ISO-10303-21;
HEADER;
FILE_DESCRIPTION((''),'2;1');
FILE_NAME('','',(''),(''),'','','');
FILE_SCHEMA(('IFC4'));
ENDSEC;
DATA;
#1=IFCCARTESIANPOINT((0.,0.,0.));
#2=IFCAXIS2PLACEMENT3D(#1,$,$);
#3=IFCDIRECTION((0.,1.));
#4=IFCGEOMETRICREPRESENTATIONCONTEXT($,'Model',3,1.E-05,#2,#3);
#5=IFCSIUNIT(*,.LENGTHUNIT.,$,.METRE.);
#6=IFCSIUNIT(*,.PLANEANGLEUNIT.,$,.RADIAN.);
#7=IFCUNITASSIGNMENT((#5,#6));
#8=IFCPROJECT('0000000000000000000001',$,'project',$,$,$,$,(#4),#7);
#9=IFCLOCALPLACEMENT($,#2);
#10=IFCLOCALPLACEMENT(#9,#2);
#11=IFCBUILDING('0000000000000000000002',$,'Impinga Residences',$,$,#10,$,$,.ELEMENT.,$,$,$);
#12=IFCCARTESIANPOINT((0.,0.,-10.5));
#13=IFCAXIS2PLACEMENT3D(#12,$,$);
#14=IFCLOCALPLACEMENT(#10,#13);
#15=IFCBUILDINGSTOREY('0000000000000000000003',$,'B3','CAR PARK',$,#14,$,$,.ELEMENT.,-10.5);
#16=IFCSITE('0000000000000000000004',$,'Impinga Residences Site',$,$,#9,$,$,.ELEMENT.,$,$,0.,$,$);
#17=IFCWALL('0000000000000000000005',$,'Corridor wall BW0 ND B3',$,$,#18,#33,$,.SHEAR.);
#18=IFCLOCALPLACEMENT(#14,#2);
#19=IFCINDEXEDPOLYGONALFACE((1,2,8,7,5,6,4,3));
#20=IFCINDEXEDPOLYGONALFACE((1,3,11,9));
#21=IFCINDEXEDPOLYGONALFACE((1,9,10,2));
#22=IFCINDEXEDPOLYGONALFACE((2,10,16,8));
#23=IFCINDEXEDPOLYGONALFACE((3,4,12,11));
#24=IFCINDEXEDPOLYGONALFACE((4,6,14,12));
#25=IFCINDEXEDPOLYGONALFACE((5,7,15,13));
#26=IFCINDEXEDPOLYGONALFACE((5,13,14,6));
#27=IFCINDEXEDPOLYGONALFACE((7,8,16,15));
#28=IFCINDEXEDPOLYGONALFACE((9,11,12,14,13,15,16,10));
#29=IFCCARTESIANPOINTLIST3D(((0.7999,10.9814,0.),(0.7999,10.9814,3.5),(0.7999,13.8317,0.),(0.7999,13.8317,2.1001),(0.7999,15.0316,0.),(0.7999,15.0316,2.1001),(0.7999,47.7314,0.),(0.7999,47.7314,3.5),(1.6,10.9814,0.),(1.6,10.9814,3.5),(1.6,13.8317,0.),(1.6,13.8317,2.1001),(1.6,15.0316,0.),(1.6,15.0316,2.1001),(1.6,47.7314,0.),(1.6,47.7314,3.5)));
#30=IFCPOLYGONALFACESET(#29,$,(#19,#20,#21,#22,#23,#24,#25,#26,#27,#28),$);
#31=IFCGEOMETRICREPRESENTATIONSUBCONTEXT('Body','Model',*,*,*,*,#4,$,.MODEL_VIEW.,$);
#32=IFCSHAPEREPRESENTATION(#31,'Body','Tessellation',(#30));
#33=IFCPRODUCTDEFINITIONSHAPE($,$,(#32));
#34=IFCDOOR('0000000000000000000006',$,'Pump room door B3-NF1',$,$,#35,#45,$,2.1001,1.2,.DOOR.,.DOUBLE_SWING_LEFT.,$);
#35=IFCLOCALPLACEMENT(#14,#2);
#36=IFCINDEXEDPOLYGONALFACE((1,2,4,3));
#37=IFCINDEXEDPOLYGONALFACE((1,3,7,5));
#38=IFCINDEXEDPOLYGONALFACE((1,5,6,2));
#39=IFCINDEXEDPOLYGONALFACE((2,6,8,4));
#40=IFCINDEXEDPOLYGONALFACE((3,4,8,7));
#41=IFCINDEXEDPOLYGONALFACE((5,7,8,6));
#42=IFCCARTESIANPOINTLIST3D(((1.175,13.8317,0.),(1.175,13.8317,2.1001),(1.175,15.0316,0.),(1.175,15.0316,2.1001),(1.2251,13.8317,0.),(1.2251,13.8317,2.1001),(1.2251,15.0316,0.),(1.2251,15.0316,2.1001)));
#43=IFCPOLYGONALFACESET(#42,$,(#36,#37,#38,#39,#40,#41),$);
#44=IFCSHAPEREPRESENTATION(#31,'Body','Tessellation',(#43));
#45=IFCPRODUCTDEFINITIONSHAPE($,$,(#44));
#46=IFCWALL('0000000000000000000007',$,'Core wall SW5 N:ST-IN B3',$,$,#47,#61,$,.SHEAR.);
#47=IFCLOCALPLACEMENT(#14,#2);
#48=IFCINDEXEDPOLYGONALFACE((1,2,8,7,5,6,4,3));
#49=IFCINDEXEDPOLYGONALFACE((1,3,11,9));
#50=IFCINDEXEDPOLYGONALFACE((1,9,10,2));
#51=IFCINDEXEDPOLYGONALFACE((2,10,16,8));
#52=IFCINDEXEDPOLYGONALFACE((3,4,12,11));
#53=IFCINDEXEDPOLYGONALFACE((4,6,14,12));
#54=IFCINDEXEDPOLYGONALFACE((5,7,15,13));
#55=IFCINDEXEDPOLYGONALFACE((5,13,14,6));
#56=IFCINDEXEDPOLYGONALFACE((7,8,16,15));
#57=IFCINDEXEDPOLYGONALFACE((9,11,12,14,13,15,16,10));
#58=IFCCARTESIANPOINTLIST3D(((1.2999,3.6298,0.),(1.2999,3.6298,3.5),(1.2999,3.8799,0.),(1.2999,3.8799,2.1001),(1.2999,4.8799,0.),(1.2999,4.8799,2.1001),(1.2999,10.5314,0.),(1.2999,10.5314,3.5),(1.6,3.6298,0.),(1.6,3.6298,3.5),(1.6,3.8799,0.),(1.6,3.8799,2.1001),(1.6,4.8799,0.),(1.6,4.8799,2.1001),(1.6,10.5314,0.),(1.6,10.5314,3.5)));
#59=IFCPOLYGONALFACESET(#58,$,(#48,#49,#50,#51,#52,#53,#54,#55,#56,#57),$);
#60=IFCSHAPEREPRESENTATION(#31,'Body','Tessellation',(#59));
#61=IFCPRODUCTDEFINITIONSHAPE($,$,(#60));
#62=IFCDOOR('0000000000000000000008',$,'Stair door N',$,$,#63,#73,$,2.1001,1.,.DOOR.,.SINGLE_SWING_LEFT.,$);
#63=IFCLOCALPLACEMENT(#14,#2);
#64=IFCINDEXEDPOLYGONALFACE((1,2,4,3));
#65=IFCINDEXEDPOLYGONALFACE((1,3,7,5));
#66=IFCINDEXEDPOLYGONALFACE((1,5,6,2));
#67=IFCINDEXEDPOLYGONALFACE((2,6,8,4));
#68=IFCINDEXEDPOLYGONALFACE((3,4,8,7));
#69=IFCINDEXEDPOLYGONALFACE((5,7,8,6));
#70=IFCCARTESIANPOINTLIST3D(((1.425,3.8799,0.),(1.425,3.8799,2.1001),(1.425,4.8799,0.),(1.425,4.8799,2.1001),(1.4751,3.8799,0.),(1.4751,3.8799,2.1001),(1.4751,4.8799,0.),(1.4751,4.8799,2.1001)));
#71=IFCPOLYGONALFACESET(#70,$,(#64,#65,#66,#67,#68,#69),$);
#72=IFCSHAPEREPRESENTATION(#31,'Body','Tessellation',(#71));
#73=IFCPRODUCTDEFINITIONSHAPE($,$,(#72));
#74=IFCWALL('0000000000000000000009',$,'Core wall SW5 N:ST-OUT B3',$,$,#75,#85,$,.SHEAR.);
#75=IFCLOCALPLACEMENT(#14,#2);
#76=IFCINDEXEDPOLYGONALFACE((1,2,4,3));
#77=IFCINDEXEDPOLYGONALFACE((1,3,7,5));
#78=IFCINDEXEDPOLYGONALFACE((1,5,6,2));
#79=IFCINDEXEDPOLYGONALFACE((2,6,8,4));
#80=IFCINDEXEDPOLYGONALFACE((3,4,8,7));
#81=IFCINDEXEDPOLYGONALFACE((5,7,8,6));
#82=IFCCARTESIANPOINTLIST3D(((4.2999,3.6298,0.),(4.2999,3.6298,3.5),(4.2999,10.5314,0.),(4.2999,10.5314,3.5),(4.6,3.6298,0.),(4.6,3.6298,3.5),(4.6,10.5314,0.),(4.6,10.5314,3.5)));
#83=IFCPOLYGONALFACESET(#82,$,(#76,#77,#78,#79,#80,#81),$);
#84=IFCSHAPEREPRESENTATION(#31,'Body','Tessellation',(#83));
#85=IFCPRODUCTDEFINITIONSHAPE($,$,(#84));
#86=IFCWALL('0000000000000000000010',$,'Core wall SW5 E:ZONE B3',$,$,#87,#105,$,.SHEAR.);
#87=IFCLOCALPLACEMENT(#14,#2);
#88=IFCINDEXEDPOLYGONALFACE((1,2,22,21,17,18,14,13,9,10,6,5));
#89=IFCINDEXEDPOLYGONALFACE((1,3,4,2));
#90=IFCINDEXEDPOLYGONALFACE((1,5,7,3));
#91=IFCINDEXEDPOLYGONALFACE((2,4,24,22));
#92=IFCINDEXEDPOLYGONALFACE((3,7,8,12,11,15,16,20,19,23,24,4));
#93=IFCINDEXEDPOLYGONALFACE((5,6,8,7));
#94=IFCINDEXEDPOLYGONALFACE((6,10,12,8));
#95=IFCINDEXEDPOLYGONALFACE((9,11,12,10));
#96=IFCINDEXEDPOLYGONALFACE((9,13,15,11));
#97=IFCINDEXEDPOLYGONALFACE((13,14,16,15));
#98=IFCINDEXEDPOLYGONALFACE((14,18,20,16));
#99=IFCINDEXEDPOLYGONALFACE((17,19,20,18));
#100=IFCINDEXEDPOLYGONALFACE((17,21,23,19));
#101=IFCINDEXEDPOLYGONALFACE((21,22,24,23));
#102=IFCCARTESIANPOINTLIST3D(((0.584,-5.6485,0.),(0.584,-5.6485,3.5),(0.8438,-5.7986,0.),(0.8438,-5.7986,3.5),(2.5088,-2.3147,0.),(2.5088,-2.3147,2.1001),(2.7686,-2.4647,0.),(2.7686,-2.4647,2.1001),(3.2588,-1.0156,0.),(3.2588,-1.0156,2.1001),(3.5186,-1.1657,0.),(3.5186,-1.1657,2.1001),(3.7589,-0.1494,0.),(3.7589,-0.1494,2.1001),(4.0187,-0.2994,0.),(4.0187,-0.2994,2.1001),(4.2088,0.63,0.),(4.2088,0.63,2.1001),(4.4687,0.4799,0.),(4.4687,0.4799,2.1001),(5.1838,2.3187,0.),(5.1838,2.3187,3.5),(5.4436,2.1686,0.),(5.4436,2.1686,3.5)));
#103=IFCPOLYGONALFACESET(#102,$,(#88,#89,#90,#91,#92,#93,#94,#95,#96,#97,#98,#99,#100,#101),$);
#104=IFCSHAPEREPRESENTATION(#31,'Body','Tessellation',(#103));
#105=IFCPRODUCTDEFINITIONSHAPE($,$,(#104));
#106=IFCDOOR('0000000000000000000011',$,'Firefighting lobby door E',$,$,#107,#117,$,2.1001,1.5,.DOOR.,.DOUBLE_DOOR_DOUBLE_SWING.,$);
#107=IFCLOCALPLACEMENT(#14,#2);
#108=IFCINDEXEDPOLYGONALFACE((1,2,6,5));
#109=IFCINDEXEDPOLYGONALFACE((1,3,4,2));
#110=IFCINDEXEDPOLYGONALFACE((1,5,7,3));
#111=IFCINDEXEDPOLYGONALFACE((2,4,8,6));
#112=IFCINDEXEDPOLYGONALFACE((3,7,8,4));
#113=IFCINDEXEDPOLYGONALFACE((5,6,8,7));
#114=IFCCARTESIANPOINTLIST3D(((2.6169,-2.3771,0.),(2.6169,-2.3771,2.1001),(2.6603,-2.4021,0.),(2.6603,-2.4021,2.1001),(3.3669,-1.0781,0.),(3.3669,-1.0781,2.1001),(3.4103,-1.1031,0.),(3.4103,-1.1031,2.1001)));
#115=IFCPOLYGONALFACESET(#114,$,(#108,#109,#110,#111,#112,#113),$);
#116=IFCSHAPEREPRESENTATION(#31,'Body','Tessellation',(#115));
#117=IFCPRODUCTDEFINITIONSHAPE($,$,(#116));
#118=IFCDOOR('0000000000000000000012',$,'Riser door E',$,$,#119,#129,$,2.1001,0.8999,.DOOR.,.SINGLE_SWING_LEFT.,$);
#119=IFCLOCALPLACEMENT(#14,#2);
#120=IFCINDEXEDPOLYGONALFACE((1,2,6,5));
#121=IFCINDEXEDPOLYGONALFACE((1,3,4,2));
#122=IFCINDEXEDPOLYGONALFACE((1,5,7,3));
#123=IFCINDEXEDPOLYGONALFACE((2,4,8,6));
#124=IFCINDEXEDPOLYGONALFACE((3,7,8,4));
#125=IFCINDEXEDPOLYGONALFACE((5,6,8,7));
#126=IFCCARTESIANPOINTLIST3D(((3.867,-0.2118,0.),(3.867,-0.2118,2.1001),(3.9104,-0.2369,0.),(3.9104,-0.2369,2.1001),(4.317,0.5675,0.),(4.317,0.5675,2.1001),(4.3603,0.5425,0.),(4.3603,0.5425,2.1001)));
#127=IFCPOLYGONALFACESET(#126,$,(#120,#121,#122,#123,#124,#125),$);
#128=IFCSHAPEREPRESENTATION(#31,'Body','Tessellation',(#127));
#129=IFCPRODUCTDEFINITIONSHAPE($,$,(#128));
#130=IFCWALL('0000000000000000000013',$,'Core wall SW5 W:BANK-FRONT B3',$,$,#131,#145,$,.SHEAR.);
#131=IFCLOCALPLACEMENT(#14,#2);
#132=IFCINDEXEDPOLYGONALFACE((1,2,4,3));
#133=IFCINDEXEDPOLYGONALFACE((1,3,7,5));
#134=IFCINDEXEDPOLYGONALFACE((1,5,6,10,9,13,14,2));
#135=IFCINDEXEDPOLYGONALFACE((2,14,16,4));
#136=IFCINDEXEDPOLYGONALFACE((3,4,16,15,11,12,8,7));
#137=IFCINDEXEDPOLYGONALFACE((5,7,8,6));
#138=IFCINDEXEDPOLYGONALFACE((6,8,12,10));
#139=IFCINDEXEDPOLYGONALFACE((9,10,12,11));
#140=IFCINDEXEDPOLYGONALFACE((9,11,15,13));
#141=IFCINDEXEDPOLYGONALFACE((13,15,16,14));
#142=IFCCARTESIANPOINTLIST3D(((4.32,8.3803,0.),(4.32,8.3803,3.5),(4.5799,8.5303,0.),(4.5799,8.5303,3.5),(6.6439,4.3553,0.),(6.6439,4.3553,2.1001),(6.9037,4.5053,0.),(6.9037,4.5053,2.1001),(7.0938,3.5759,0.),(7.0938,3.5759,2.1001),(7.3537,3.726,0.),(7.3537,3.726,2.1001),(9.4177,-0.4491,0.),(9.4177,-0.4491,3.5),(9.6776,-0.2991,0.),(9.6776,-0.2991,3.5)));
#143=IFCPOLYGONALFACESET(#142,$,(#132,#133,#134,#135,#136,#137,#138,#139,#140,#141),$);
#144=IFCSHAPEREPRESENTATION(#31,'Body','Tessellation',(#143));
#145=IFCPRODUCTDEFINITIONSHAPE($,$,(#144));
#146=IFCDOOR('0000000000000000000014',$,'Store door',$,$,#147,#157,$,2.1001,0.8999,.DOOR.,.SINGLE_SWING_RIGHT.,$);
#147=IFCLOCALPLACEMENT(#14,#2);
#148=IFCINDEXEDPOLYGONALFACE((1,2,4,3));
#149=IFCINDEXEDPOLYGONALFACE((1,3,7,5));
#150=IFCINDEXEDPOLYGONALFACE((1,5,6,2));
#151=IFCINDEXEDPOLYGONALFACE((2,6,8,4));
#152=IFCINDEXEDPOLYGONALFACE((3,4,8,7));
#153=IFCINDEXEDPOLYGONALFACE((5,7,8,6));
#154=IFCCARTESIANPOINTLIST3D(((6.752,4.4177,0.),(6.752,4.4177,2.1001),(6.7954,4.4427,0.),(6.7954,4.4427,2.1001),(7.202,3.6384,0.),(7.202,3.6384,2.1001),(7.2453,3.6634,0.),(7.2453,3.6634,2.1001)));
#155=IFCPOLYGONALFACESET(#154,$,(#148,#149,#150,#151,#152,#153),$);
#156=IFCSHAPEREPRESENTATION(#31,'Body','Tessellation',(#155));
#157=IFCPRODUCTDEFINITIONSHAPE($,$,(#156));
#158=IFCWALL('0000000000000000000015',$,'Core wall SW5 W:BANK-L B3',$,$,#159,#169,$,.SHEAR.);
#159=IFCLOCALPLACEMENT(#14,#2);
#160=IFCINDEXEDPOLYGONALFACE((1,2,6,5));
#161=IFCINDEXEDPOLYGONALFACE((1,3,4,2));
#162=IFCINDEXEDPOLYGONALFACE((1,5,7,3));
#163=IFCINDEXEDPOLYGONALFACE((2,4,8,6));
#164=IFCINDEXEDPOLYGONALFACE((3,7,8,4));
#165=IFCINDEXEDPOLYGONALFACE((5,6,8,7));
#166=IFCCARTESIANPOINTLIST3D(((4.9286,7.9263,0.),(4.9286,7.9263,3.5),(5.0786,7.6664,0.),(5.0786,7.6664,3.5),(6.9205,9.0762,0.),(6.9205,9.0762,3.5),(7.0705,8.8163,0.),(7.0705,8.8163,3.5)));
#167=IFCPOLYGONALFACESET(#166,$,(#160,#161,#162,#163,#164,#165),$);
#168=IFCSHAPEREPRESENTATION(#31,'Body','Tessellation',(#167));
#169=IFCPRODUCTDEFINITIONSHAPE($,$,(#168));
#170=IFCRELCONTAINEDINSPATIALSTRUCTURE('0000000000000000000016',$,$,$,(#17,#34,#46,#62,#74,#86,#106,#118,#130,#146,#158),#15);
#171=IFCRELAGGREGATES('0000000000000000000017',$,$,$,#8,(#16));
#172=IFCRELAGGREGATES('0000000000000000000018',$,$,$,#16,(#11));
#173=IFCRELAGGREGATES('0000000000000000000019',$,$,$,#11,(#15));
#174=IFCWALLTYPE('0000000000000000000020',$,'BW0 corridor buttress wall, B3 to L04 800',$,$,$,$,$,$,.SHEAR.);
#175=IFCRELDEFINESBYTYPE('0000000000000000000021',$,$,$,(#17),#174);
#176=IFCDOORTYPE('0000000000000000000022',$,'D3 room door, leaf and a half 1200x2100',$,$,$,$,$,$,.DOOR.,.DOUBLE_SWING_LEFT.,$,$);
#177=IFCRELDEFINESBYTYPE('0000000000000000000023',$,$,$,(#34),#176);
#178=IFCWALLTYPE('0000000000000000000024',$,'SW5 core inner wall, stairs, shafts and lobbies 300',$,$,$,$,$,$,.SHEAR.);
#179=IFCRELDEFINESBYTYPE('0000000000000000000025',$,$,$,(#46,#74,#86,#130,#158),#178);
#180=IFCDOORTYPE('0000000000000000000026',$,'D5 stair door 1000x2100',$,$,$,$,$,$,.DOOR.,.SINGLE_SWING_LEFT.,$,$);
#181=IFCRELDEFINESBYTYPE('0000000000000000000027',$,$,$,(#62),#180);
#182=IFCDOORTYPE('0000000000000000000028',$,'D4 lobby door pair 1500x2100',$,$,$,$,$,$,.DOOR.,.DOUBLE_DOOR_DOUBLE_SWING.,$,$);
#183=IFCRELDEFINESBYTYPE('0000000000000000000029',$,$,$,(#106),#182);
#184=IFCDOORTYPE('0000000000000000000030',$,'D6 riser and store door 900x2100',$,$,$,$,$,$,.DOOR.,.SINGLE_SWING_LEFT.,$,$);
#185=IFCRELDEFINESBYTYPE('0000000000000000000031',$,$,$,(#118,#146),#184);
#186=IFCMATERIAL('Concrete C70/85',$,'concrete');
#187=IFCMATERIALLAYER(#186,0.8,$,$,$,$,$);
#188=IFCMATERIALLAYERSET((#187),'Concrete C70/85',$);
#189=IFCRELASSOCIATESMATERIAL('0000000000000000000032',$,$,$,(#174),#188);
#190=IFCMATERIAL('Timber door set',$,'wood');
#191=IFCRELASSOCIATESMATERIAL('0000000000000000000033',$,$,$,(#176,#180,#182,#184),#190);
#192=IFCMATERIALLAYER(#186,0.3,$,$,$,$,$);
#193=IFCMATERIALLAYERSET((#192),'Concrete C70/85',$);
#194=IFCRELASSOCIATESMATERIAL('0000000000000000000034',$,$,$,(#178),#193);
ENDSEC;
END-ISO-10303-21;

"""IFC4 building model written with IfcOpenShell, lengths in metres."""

from ifc_helpers import new_model, si_unit, direction, frame, frame_2d, origin, place, context, subcontext, project, spatial, rectangle, extrude, material, layer, layer_set, type_object, element, fill, save


model = new_model("IFC4")

# Units and contexts
model_context = context("Model", 3, precision=1e-05, world=origin(), true_north=direction((0.0, 1.0)))
body_context = subcontext(model_context, "Body", "Model", "MODEL_VIEW")
ifc_project = project(units=[si_unit("LENGTHUNIT", "METRE"), si_unit("PLANEANGLEUNIT", "RADIAN")], contexts=[model_context])

# Site, building, storey
site_placement = place(None, origin())
site = spatial("IfcSite", under=ifc_project, at=site_placement, Name="Impinga Residences Site", CompositionType="ELEMENT", RefElevation=0.0)
building_placement = place(site_placement, origin())
building = spatial("IfcBuilding", under=site, at=building_placement, Name="Impinga Residences", CompositionType="ELEMENT")
storey_placement = place(building_placement, frame((0.0, 0.0, -10.5)))
storey = spatial("IfcBuildingStorey", under=building, at=storey_placement, Name="B3", Description="CAR PARK", CompositionType="ELEMENT", Elevation=-10.5)

# Walls, openings, doors
ifc_material_1 = material(Name="Concrete C70/85", Category="concrete")
ifc_layer_1 = layer(ifc_material_1, 0.8)
ifc_layer_set_1 = layer_set([ifc_layer_1], Name="Concrete C70/85")
wall_type_1 = type_object("IfcWallType", Name="BW0 corridor buttress wall, B3 to L04 800", PredefinedType="SHEAR", material=ifc_layer_set_1)
wall_1_placement = place(storey_placement, frame((1.2, 10.9814, 0.0), z_axis=(0.0, 0.0, 1.0), x_axis=(0.0, 1.0, 0.0)))
wall_1 = element("IfcWall", 1, at=wall_1_placement, inside=storey, type_object=wall_type_1, Name="Corridor wall BW0 ND B3", PredefinedType="SHEAR", context=body_context, shape_type="SweptSolid", body=[
    extrude(rectangle(XDim=36.75, YDim=0.8, at=frame_2d((18.375, 0.0))), origin(), (0.0, 0.0, 1.0), 3.5),
])
opening_1_placement = place(wall_1_placement, frame((2.8501, 0.0, 0.0)))
opening_1 = element("IfcOpeningElement", 2, at=opening_1_placement, cuts=wall_1, PredefinedType="OPENING", context=body_context, shape_type="SweptSolid", body=[
    extrude(rectangle(XDim=1.2, YDim=2.1001, at=frame_2d((0.6001, 1.05))), frame((0.0, 0.4099, 0.0), z_axis=(0.0, -1.0, 0.0), x_axis=(1.0, 0.0, 0.0)), (0.0, 0.0, 1.0), 0.8201),
])
ifc_material_2 = material(Name="Timber door set", Category="wood")
door_type_1 = type_object("IfcDoorType", Name="D3 room door, leaf and a half 1200x2100", OperationType="DOUBLE_SWING_LEFT", PredefinedType="DOOR", material=ifc_material_2)
door_1_placement = place(opening_1_placement, origin())
door_1 = element("IfcDoor", 3, at=door_1_placement, inside=storey, type_object=door_type_1, Name="Pump room door B3-NF1", OperationType="DOUBLE_SWING_LEFT", OverallHeight=2.1001, OverallWidth=1.2, PredefinedType="DOOR", context=body_context, shape_type="SweptSolid", body=[
    extrude(rectangle(XDim=1.2, YDim=2.1001, at=frame_2d((0.6001, 1.05))), frame((0.0, 0.0249, 0.0), z_axis=(0.0, -1.0, 0.0), x_axis=(1.0, 0.0, 0.0)), (0.0, 0.0, 1.0), 0.05),
])
fill(opening_1, door_1)
ifc_layer_2 = layer(ifc_material_1, 0.3)
ifc_layer_set_2 = layer_set([ifc_layer_2], Name="Concrete C70/85")
wall_type_2 = type_object("IfcWallType", Name="SW5 core inner wall, stairs, shafts and lobbies 300", PredefinedType="SHEAR", material=ifc_layer_set_2)
wall_2_placement = place(storey_placement, frame((1.45, 3.6299, 0.0), z_axis=(0.0, 0.0, 1.0), x_axis=(0.0, 1.0, 0.0)))
wall_2 = element("IfcWall", 4, at=wall_2_placement, inside=storey, type_object=wall_type_2, Name="Core wall SW5 N:ST-IN B3", PredefinedType="SHEAR", context=body_context, shape_type="SweptSolid", body=[
    extrude(rectangle(XDim=6.9016, YDim=0.3, at=frame_2d((3.4507, 0.0))), origin(), (0.0, 0.0, 1.0), 3.5),
])
opening_2_placement = place(wall_2_placement, frame((0.25, 0.0, 0.0)))
opening_2 = element("IfcOpeningElement", 5, at=opening_2_placement, cuts=wall_2, PredefinedType="OPENING", context=body_context, shape_type="SweptSolid", body=[
    extrude(rectangle(XDim=1.0, YDim=2.1001, at=frame_2d((0.5, 1.05))), frame((0.0, 0.1599, 0.0), z_axis=(0.0, -1.0, 0.0), x_axis=(1.0, 0.0, 0.0)), (0.0, 0.0, 1.0), 0.3201),
])
door_type_2 = type_object("IfcDoorType", Name="D5 stair door 1000x2100", OperationType="SINGLE_SWING_LEFT", PredefinedType="DOOR", material=ifc_material_2)
door_2_placement = place(opening_2_placement, origin())
door_2 = element("IfcDoor", 6, at=door_2_placement, inside=storey, type_object=door_type_2, Name="Stair door N", OperationType="SINGLE_SWING_LEFT", OverallHeight=2.1001, OverallWidth=1.0, PredefinedType="DOOR", context=body_context, shape_type="SweptSolid", body=[
    extrude(rectangle(XDim=1.0, YDim=2.1001, at=frame_2d((0.5, 1.05))), frame((0.0, 0.0249, 0.0), z_axis=(0.0, -1.0, 0.0), x_axis=(1.0, 0.0, 0.0)), (0.0, 0.0, 1.0), 0.05),
])
fill(opening_2, door_2)

# Wall
wall_3_placement = place(storey_placement, frame((4.45, 3.6299, 0.0), z_axis=(0.0, 0.0, 1.0), x_axis=(0.0, 1.0, 0.0)))
element("IfcWall", 7, at=wall_3_placement, inside=storey, type_object=wall_type_2, Name="Core wall SW5 N:ST-OUT B3", PredefinedType="SHEAR", context=body_context, shape_type="SweptSolid", body=[
    extrude(rectangle(XDim=6.9016, YDim=0.3, at=frame_2d((3.4507, 0.0))), origin(), (0.0, 0.0, 1.0), 3.5),
])

# Wall, openings, doors
wall_4_placement = place(storey_placement, frame((5.3137, 2.2437, 0.0), z_axis=(0.0, 0.0, 1.0), x_axis=(-0.499995, -0.866028, 0.0)))
wall_4 = element("IfcWall", 8, at=wall_4_placement, inside=storey, type_object=wall_type_2, Name="Core wall SW5 E:ZONE B3", PredefinedType="SHEAR", context=body_context, shape_type="SweptSolid", body=[
    extrude(rectangle(XDim=9.1997, YDim=0.3, at=frame_2d((4.5999, 0.0))), origin(), (0.0, 0.0, 1.0), 3.5),
])
opening_3_placement = place(wall_4_placement, frame((3.8501, 0.0, 0.0)))
opening_3 = element("IfcOpeningElement", 9, at=opening_3_placement, cuts=wall_4, PredefinedType="OPENING", context=body_context, shape_type="SweptSolid", body=[
    extrude(rectangle(XDim=1.5, YDim=2.1001, at=frame_2d((0.75, 1.05))), frame((0.0, 0.1599, 0.0), z_axis=(0.0, -1.0, 0.0), x_axis=(1.0, 0.0, 0.0)), (0.0, 0.0, 1.0), 0.3201),
])
opening_4_placement = place(wall_4_placement, frame((1.95, 0.0, 0.0)))
opening_4 = element("IfcOpeningElement", 10, at=opening_4_placement, cuts=wall_4, PredefinedType="OPENING", context=body_context, shape_type="SweptSolid", body=[
    extrude(rectangle(XDim=0.8999, YDim=2.1001, at=frame_2d((0.45, 1.05))), frame((0.0, 0.1599, 0.0), z_axis=(0.0, -1.0, 0.0), x_axis=(1.0, 0.0, 0.0)), (0.0, 0.0, 1.0), 0.3201),
])
door_type_3 = type_object("IfcDoorType", Name="D4 lobby door pair 1500x2100", OperationType="DOUBLE_DOOR_DOUBLE_SWING", PredefinedType="DOOR", material=ifc_material_2)
door_3_placement = place(opening_3_placement, origin())
door_3 = element("IfcDoor", 11, at=door_3_placement, inside=storey, type_object=door_type_3, Name="Firefighting lobby door E", OperationType="DOUBLE_DOOR_DOUBLE_SWING", OverallHeight=2.1001, OverallWidth=1.5, PredefinedType="DOOR", context=body_context, shape_type="SweptSolid", body=[
    extrude(rectangle(XDim=1.5, YDim=2.1001, at=frame_2d((0.75, 1.05))), frame((0.0, 0.0249, 0.0), z_axis=(0.0, -1.0, 0.0), x_axis=(1.0, 0.0, 0.0)), (0.0, 0.0, 1.0), 0.05),
])
fill(opening_3, door_3)
door_type_4 = type_object("IfcDoorType", Name="D6 riser and store door 900x2100", OperationType="SINGLE_SWING_LEFT", PredefinedType="DOOR", material=ifc_material_2)
door_4_placement = place(opening_4_placement, origin())
door_4 = element("IfcDoor", 12, at=door_4_placement, inside=storey, type_object=door_type_4, Name="Riser door E", OperationType="SINGLE_SWING_LEFT", OverallHeight=2.1001, OverallWidth=0.8999, PredefinedType="DOOR", context=body_context, shape_type="SweptSolid", body=[
    extrude(rectangle(XDim=0.8999, YDim=2.1001, at=frame_2d((0.45, 1.05))), frame((0.0, 0.0249, 0.0), z_axis=(0.0, -1.0, 0.0), x_axis=(1.0, 0.0, 0.0)), (0.0, 0.0, 1.0), 0.05),
])
fill(opening_4, door_4)

# Wall, opening, door
wall_5_placement = place(storey_placement, frame((4.45, 8.4553, 0.0), z_axis=(0.0, 0.0, 1.0), x_axis=(0.500002, -0.866024, 0.0)))
wall_5 = element("IfcWall", 13, at=wall_5_placement, inside=storey, type_object=wall_type_2, Name="Core wall SW5 W:BANK-FRONT B3", PredefinedType="SHEAR", context=body_context, shape_type="SweptSolid", body=[
    extrude(rectangle(XDim=10.1953, YDim=0.3, at=frame_2d((5.0977, 0.0))), origin(), (0.0, 0.0, 1.0), 3.5),
])
opening_5_placement = place(wall_5_placement, frame((4.6477, 0.0, 0.0)))
opening_5 = element("IfcOpeningElement", 14, at=opening_5_placement, cuts=wall_5, PredefinedType="OPENING", context=body_context, shape_type="SweptSolid", body=[
    extrude(rectangle(XDim=0.8999, YDim=2.1001, at=frame_2d((0.45, 1.05))), frame((0.0, 0.1599, 0.0), z_axis=(0.0, -1.0, 0.0), x_axis=(1.0, 0.0, 0.0)), (0.0, 0.0, 1.0), 0.3201),
])
door_5_placement = place(opening_5_placement, origin())
door_5 = element("IfcDoor", 15, at=door_5_placement, inside=storey, type_object=door_type_4, Name="Store door", OperationType="SINGLE_SWING_RIGHT", OverallHeight=2.1001, OverallWidth=0.8999, PredefinedType="DOOR", context=body_context, shape_type="SweptSolid", body=[
    extrude(rectangle(XDim=0.8999, YDim=2.1001, at=frame_2d((0.45, 1.05))), frame((0.0, 0.0249, 0.0), z_axis=(0.0, -1.0, 0.0), x_axis=(1.0, 0.0, 0.0)), (0.0, 0.0, 1.0), 0.05),
])
fill(opening_5, door_5)

# Wall
wall_6_placement = place(storey_placement, frame((5.0037, 7.7964, 0.0), z_axis=(0.0, 0.0, 1.0), x_axis=(0.866053, 0.499952, 0.0)))
element("IfcWall", 16, at=wall_6_placement, inside=storey, type_object=wall_type_2, Name="Core wall SW5 W:BANK-L B3", PredefinedType="SHEAR", context=body_context, shape_type="SweptSolid", body=[
    extrude(rectangle(XDim=2.3, YDim=0.3, at=frame_2d((1.1499, 0.0))), origin(), (0.0, 0.0, 1.0), 3.5),
])

save(model, "model.ifc")
